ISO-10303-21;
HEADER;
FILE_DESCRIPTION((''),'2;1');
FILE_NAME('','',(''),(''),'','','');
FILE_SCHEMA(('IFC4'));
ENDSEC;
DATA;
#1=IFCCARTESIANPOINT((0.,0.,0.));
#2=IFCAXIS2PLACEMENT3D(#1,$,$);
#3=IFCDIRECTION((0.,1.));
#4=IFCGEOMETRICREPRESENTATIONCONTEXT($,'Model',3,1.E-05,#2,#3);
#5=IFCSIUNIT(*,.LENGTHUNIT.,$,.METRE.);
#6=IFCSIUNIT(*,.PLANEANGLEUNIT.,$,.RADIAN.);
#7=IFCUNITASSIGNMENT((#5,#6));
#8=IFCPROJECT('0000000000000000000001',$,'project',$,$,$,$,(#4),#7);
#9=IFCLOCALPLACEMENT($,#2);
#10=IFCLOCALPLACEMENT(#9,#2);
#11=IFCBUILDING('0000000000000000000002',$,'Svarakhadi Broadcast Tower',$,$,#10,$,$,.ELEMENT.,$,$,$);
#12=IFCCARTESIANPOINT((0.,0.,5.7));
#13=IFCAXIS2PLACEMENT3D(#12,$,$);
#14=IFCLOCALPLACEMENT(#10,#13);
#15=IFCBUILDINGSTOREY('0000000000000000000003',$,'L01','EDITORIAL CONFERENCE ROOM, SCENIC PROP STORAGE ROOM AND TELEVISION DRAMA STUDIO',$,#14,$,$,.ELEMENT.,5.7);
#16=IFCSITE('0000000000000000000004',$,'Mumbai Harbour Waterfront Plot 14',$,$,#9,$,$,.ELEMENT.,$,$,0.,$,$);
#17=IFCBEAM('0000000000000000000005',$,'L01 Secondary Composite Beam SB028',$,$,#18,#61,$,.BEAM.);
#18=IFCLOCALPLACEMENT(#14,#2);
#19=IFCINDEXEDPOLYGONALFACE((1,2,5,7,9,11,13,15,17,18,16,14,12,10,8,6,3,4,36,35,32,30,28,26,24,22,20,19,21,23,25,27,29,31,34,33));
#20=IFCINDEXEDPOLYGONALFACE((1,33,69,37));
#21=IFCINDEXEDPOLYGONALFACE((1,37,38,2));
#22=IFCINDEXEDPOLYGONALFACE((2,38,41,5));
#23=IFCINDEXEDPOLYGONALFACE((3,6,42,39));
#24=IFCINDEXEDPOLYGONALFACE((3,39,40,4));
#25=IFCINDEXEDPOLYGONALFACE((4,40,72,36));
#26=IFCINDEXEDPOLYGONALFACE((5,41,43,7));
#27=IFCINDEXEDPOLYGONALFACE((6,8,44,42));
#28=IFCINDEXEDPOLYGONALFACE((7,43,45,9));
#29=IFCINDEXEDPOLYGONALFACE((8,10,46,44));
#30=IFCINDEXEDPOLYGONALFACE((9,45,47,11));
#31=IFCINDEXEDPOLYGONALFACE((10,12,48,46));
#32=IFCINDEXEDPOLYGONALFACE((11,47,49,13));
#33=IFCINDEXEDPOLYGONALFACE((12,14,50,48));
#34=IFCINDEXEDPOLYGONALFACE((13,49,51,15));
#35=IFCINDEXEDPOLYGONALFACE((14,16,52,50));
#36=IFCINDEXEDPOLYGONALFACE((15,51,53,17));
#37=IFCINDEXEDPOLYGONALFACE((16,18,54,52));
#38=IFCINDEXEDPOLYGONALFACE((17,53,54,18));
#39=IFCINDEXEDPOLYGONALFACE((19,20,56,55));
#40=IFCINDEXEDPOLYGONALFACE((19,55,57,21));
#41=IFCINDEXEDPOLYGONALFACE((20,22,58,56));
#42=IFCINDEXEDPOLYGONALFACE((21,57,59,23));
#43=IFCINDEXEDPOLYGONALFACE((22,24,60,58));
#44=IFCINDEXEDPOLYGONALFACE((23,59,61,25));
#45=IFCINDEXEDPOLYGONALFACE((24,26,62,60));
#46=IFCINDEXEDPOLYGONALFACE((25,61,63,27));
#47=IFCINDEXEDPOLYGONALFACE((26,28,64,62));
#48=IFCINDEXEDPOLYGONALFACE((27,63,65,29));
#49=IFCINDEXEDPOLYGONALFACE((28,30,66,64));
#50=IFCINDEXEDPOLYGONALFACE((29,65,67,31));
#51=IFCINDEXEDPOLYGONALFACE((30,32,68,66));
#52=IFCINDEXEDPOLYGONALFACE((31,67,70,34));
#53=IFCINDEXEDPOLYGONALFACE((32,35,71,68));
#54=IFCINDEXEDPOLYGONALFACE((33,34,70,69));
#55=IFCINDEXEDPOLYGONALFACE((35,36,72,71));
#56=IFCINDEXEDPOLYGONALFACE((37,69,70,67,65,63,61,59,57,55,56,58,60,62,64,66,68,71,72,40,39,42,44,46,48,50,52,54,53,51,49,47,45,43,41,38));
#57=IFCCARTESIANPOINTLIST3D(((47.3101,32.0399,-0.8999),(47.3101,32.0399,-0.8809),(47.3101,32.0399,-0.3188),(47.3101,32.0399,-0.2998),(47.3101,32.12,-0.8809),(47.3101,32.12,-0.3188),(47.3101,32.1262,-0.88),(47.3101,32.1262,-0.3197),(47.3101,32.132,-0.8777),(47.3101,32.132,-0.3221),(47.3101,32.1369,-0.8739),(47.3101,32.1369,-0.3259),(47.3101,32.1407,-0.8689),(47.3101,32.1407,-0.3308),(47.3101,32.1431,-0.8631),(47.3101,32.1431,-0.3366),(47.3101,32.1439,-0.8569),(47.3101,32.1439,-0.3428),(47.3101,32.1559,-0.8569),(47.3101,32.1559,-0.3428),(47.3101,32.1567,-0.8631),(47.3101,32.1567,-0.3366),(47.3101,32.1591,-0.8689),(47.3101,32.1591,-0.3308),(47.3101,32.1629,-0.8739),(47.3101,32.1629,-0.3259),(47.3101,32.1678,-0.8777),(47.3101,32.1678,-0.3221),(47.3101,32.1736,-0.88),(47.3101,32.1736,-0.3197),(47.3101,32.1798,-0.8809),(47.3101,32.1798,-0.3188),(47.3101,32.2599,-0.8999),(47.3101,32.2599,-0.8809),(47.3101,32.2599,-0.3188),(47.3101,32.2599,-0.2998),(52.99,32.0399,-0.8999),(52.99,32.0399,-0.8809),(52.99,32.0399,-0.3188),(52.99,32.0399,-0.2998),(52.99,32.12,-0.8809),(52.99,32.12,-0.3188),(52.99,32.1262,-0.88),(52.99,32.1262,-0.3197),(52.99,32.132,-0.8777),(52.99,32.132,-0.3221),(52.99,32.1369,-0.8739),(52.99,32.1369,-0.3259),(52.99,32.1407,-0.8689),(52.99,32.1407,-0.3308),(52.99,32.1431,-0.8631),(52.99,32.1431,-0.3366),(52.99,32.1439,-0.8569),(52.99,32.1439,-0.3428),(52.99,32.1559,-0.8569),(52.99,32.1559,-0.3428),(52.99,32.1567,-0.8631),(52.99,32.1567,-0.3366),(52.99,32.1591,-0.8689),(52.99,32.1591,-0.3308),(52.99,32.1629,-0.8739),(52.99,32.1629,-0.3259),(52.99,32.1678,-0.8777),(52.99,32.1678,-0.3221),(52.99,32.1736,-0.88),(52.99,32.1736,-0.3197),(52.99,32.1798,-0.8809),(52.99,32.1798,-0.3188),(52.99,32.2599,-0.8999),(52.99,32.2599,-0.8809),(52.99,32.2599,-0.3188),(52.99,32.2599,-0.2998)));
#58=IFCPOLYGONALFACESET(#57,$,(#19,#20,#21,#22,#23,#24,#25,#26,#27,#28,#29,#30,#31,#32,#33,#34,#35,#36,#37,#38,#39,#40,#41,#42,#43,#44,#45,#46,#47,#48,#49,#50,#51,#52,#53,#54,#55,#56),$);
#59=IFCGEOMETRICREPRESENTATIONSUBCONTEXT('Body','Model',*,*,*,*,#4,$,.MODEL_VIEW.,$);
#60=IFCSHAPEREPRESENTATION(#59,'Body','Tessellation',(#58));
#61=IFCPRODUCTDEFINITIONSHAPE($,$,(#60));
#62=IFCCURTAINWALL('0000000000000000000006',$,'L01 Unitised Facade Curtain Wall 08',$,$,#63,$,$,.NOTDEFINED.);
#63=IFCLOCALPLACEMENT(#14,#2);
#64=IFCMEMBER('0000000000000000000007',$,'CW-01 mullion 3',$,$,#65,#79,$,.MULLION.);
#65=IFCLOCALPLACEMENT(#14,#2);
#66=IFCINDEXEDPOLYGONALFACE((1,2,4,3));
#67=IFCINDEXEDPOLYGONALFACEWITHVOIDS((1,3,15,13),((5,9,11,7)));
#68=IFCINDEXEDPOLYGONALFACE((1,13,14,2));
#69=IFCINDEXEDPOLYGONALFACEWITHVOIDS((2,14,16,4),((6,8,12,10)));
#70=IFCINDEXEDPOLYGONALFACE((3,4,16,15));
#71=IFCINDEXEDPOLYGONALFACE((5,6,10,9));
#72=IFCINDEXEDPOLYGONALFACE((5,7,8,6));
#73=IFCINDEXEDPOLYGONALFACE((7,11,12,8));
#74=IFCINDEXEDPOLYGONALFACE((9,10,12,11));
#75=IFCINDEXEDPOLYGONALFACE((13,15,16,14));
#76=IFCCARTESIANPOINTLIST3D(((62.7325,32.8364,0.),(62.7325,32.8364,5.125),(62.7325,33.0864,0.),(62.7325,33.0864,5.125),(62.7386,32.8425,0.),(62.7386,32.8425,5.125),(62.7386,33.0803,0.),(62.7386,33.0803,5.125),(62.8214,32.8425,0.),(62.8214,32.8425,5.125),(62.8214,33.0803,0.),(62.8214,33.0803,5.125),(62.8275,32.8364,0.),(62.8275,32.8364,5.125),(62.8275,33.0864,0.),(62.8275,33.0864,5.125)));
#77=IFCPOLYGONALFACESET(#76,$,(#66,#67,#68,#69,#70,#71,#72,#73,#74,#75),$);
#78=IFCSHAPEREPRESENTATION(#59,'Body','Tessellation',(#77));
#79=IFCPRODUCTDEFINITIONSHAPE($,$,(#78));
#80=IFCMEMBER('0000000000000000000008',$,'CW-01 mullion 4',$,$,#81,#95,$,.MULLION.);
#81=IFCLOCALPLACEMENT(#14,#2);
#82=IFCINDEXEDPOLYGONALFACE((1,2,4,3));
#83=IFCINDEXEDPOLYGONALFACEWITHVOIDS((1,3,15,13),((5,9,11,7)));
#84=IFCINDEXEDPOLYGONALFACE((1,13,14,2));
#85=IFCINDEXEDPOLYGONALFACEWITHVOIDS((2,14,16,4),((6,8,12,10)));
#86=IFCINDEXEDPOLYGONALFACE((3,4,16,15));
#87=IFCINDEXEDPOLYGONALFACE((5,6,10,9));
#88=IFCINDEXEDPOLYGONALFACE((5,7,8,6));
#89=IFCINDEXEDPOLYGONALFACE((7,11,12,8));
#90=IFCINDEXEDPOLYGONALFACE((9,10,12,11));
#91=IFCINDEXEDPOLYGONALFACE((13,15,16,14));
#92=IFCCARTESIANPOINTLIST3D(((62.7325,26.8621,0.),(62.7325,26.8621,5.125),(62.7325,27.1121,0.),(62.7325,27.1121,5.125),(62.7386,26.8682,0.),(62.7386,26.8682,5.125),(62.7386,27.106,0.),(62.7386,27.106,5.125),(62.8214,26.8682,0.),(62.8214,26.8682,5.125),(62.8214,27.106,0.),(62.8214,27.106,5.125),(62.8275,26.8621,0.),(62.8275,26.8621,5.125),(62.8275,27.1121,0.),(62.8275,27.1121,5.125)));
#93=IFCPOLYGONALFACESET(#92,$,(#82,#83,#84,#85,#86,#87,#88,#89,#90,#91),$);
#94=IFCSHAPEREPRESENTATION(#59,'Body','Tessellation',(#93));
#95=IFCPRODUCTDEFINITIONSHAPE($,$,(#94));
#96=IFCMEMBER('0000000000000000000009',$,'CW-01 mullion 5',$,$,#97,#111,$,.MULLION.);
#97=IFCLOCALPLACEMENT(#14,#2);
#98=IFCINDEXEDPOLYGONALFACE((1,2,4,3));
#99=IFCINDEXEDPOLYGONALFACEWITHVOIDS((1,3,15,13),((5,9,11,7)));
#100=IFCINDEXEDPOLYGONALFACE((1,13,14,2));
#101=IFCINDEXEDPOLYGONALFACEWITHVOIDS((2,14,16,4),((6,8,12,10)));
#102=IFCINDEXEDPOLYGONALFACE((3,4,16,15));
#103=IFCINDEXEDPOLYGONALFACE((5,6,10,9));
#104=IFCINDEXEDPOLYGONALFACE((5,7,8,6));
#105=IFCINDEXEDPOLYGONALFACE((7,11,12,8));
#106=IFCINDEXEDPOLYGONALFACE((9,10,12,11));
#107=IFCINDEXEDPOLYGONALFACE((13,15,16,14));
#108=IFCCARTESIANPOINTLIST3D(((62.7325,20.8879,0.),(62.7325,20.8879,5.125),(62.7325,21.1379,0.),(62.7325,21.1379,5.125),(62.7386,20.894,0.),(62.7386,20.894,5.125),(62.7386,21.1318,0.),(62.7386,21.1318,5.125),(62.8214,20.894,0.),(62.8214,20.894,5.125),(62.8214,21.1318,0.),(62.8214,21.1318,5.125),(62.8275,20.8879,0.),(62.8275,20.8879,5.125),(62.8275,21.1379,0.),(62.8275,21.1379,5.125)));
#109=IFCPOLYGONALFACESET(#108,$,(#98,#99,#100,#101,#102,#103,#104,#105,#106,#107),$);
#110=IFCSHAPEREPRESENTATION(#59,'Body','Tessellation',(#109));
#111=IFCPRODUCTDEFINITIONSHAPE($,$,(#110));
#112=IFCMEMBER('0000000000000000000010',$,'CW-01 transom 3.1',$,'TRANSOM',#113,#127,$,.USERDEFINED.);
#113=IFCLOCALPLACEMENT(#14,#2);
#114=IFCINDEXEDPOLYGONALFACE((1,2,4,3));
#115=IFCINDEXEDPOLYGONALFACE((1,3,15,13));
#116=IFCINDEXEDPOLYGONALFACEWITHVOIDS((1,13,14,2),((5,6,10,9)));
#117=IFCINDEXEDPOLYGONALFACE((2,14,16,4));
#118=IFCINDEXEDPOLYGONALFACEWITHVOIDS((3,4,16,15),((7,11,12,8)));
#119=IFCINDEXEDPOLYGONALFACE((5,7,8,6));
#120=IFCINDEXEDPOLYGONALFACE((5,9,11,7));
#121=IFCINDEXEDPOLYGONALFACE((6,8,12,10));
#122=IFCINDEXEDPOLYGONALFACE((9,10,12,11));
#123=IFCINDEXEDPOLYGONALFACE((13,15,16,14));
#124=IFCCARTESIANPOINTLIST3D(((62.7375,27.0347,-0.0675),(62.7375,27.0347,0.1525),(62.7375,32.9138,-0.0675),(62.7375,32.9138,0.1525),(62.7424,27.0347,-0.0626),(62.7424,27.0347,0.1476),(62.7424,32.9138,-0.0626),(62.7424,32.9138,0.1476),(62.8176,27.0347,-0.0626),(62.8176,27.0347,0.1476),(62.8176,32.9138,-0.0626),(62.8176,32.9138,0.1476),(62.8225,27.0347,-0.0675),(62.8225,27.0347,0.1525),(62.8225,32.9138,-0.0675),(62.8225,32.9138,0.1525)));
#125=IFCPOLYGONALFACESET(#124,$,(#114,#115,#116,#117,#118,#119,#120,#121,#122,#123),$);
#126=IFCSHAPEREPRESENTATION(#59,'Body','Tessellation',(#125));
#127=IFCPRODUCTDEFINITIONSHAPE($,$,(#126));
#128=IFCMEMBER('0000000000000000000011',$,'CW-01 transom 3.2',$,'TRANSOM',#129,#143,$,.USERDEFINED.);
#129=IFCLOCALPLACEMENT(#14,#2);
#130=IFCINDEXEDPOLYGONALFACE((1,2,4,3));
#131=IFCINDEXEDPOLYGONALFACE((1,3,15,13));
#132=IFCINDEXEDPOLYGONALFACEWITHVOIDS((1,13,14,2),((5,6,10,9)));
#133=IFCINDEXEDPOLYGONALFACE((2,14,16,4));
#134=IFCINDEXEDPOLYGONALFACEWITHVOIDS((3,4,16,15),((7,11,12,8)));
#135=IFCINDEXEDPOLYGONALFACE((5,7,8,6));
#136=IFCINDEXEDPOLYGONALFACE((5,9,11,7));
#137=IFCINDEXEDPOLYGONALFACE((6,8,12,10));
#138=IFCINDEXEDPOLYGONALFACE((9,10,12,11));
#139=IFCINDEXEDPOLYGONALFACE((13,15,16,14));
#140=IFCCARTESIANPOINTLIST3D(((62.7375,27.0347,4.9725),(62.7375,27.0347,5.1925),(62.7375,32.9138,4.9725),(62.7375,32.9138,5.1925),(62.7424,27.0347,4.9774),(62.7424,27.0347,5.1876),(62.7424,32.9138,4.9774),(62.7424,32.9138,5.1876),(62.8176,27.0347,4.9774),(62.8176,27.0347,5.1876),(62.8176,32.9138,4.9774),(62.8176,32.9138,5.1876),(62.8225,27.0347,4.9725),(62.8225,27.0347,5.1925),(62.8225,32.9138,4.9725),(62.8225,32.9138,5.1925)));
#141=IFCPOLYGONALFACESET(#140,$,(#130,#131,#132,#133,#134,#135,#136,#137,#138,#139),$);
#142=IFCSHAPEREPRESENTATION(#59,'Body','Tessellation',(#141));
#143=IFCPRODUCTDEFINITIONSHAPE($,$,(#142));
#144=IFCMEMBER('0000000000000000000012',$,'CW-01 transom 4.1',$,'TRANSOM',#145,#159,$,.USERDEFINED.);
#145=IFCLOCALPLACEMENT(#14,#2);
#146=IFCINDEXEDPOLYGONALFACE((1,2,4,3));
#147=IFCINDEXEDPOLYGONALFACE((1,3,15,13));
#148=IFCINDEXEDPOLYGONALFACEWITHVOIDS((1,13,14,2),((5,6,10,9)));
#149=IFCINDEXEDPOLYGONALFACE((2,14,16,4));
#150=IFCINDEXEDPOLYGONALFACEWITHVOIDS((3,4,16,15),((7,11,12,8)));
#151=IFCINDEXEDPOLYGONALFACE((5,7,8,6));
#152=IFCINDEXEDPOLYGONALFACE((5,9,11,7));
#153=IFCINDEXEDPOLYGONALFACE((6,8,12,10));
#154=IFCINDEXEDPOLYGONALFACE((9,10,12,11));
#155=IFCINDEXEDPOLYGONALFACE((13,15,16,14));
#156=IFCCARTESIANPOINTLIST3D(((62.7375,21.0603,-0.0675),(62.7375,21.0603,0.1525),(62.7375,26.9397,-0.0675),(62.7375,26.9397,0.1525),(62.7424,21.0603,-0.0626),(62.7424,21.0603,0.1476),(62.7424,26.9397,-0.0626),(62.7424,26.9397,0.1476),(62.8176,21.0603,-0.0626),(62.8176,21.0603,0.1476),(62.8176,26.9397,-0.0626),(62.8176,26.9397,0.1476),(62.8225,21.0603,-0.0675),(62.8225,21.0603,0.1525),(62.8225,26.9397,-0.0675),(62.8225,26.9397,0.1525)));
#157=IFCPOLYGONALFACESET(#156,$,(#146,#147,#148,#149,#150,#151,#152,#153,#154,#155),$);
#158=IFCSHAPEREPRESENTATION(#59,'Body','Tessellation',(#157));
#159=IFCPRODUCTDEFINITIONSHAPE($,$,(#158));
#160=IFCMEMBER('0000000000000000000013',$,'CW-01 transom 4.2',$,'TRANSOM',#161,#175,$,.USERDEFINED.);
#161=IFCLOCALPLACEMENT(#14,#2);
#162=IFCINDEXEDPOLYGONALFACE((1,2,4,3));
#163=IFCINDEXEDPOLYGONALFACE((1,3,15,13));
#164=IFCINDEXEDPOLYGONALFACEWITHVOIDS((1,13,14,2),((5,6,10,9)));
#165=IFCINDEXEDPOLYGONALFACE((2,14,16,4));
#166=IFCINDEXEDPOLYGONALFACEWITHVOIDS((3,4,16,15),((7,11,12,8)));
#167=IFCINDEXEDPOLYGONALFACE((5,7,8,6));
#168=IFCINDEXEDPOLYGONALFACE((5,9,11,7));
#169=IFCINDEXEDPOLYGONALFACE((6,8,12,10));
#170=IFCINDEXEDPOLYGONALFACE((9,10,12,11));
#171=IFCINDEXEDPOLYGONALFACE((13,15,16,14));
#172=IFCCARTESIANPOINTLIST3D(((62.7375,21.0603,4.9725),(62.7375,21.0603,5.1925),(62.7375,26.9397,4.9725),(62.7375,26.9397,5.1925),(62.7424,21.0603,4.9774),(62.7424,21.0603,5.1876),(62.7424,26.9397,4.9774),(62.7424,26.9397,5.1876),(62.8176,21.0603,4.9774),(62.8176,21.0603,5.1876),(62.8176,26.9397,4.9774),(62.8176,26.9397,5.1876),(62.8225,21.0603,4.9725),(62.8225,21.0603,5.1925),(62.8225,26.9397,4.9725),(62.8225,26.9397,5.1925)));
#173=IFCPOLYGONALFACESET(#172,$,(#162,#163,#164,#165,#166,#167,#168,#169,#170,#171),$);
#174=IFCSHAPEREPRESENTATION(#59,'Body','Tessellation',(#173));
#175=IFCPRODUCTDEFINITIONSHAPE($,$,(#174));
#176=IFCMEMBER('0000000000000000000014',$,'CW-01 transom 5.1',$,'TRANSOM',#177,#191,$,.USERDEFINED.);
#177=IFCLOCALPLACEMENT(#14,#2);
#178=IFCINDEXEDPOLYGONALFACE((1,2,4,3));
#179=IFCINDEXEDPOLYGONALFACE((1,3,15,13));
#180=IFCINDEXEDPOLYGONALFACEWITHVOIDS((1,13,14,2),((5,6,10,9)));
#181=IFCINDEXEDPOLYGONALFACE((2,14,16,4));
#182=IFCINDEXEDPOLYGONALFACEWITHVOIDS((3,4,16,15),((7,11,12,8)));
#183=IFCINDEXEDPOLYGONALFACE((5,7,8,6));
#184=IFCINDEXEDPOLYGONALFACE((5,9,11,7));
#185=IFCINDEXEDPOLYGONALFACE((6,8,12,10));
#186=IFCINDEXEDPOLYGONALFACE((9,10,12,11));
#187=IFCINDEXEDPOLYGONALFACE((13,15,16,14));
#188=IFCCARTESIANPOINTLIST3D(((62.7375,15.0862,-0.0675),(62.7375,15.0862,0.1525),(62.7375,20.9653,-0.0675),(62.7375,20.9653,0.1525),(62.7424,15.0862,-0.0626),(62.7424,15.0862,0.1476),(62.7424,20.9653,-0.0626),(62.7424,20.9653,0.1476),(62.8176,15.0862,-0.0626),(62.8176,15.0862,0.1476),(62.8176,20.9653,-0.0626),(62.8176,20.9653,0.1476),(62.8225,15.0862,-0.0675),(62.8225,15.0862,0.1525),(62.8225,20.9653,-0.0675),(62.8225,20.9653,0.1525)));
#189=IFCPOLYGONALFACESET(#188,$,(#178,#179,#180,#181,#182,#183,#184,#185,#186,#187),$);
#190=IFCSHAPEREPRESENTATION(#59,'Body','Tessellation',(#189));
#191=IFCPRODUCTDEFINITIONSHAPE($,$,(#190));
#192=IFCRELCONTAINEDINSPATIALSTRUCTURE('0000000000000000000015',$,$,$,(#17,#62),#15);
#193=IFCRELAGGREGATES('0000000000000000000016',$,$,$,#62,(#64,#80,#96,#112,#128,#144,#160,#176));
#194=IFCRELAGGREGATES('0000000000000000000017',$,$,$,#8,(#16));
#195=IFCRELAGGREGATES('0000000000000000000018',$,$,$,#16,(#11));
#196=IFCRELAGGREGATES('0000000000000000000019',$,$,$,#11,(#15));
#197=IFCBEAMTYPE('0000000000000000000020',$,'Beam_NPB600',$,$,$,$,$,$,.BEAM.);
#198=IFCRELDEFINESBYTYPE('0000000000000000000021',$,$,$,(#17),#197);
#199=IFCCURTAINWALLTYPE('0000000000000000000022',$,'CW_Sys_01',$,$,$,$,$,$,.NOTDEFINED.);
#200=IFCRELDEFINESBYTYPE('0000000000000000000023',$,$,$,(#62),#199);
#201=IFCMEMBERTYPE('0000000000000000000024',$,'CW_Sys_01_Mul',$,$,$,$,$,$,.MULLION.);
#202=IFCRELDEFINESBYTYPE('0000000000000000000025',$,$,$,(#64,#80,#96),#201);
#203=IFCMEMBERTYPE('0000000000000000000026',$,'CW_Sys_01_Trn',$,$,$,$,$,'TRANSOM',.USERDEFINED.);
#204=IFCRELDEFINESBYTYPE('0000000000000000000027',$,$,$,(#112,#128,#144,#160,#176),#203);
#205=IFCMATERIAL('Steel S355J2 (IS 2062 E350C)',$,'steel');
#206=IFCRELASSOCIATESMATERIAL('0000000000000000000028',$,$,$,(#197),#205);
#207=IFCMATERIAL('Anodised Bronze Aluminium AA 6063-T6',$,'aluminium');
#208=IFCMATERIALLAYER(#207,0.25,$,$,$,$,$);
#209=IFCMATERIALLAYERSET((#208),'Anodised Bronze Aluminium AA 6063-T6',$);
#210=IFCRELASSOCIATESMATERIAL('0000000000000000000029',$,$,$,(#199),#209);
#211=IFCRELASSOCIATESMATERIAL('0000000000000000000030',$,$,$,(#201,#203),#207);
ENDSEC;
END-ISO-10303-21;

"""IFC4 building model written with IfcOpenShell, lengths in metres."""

from ifc_helpers import new_model, si_unit, direction, frame, origin, origin_2d, place, context, subcontext, project, spatial, hollow_rectangle, i_section, extrude, material, layer, layer_set, material_profile, profile_set, type_object, element, aggregate, save


model = new_model("IFC4")

# Units and contexts
model_context = context("Model", 3, precision=1e-05, world=origin(), true_north=direction((0.0, 1.0)))
body_context = subcontext(model_context, "Body", "Model", "MODEL_VIEW")
ifc_project = project(units=[si_unit("LENGTHUNIT", "METRE"), si_unit("PLANEANGLEUNIT", "RADIAN")], contexts=[model_context])

# Site, building, storey
site_placement = place(None, origin())
site = spatial("IfcSite", under=ifc_project, at=site_placement, Name="Mumbai Harbour Waterfront Plot 14", CompositionType="ELEMENT", RefElevation=0.0)
building_placement = place(site_placement, origin())
building = spatial("IfcBuilding", under=site, at=building_placement, Name="Svarakhadi Broadcast Tower", CompositionType="ELEMENT")
storey_placement = place(building_placement, frame((0.0, 0.0, 5.7)))
storey = spatial("IfcBuildingStorey", under=building, at=storey_placement, Name="L01", Description="EDITORIAL CONFERENCE ROOM, SCENIC PROP STORAGE ROOM AND TELEVISION DRAMA STUDIO", CompositionType="ELEMENT", Elevation=5.7)

# Beam
ifc_material_1 = material(Name="Steel S355J2 (IS 2062 E350C)", Category="steel")
ifc_material_profile_1 = material_profile(ifc_material_1, i_section(OverallWidth=0.22, OverallDepth=0.6001, WebThickness=0.012, FlangeThickness=0.019, FilletRadius=0.0239, at=origin_2d()), Name="NPB 600x220x122")
ifc_profile_set_1 = profile_set([ifc_material_profile_1], Name="Steel S355J2 (IS 2062 E350C)")
beam_type_1 = type_object("IfcBeamType", Name="Beam_NPB600", PredefinedType="BEAM", material=ifc_profile_set_1)
beam_1_placement = place(storey_placement, frame((47.3101, 32.1499, -0.5999), z_axis=(1.0, 0.0, 0.0), x_axis=(0.0, 1.0, 0.0)))
element("IfcBeam", 1, at=beam_1_placement, inside=storey, type_object=beam_type_1, Name="L01 Secondary Composite Beam SB028", PredefinedType="BEAM", context=body_context, shape_type="SweptSolid", body=[
    extrude(i_section(OverallWidth=0.22, OverallDepth=0.6001, WebThickness=0.012, FlangeThickness=0.019, FilletRadius=0.0239, at=origin_2d()), origin(), (0.0, 0.0, 1.0), 5.6799),
])

# Curtain wall, members
ifc_material_2 = material(Name="Anodised Bronze Aluminium AA 6063-T6", Category="aluminium")
ifc_layer_1 = layer(ifc_material_2, 0.25)
ifc_layer_set_1 = layer_set([ifc_layer_1], Name="Anodised Bronze Aluminium AA 6063-T6")
curtain_wall_type = type_object("IfcCurtainWallType", Name="CW_Sys_01", PredefinedType="NOTDEFINED", material=ifc_layer_set_1)
curtain_wall_placement = place(storey_placement, origin())
curtain_wall = element("IfcCurtainWall", 2, at=curtain_wall_placement, inside=storey, type_object=curtain_wall_type, Name="L01 Unitised Facade Curtain Wall 08", PredefinedType="NOTDEFINED")
ifc_material_profile_2 = material_profile(ifc_material_2, hollow_rectangle(XDim=0.095, YDim=0.25, WallThickness=0.0061, at=origin_2d()), Name="ALU MULLION 250x95x6")
ifc_profile_set_2 = profile_set([ifc_material_profile_2], Name="Anodised Bronze Aluminium AA 6063-T6")
member_type_1 = type_object("IfcMemberType", Name="CW_Sys_01_Mul", PredefinedType="MULLION", material=ifc_profile_set_2)
member_1_placement = place(storey_placement, frame((62.78, 32.9614, 0.0), z_axis=(0.0, 0.0, 1.0), x_axis=(1.0, 0.0, 0.0)))
member_1 = element("IfcMember", 3, at=member_1_placement, type_object=member_type_1, Name="CW-01 mullion 3", PredefinedType="MULLION", context=body_context, shape_type="SweptSolid", body=[
    extrude(hollow_rectangle(XDim=0.095, YDim=0.25, WallThickness=0.0061, at=origin_2d()), origin(), (0.0, 0.0, 1.0), 5.125),
])
member_2_placement = place(storey_placement, frame((62.78, 26.9871, 0.0), z_axis=(0.0, 0.0, 1.0), x_axis=(1.0, 0.0, 0.0)))
member_2 = element("IfcMember", 4, at=member_2_placement, type_object=member_type_1, Name="CW-01 mullion 4", PredefinedType="MULLION", context=body_context, shape_type="SweptSolid", body=[
    extrude(hollow_rectangle(XDim=0.095, YDim=0.25, WallThickness=0.0061, at=origin_2d()), origin(), (0.0, 0.0, 1.0), 5.125),
])
member_3_placement = place(storey_placement, frame((62.78, 21.0129, 0.0), z_axis=(0.0, 0.0, 1.0), x_axis=(1.0, 0.0, 0.0)))
member_3 = element("IfcMember", 5, at=member_3_placement, type_object=member_type_1, Name="CW-01 mullion 5", PredefinedType="MULLION", context=body_context, shape_type="SweptSolid", body=[
    extrude(hollow_rectangle(XDim=0.095, YDim=0.25, WallThickness=0.0061, at=origin_2d()), origin(), (0.0, 0.0, 1.0), 5.125),
])
ifc_material_profile_3 = material_profile(ifc_material_2, hollow_rectangle(XDim=0.085, YDim=0.22, WallThickness=0.0049, at=origin_2d()), Name="ALU TRANSOM 220x85x5")
ifc_profile_set_3 = profile_set([ifc_material_profile_3], Name="Anodised Bronze Aluminium AA 6063-T6")
member_type_2 = type_object("IfcMemberType", Name="CW_Sys_01_Trn", ElementType="TRANSOM", PredefinedType="USERDEFINED", material=ifc_profile_set_3)
member_4_placement = place(storey_placement, frame((62.78, 32.9138, 0.0425), z_axis=(0.0, -1.0, 0.0), x_axis=(1.0, 0.0, 0.0)))
member_4 = element("IfcMember", 6, at=member_4_placement, type_object=member_type_2, Name="CW-01 transom 3.1", ObjectType="TRANSOM", PredefinedType="USERDEFINED", context=body_context, shape_type="SweptSolid", body=[
    extrude(hollow_rectangle(XDim=0.085, YDim=0.22, WallThickness=0.0049, at=origin_2d()), origin(), (0.0, 0.0, 1.0), 5.8792),
])
member_5_placement = place(storey_placement, frame((62.78, 32.9138, 5.0825), z_axis=(0.0, -1.0, 0.0), x_axis=(1.0, 0.0, 0.0)))
member_5 = element("IfcMember", 7, at=member_5_placement, type_object=member_type_2, Name="CW-01 transom 3.2", ObjectType="TRANSOM", PredefinedType="USERDEFINED", context=body_context, shape_type="SweptSolid", body=[
    extrude(hollow_rectangle(XDim=0.085, YDim=0.22, WallThickness=0.0049, at=origin_2d()), origin(), (0.0, 0.0, 1.0), 5.8792),
])
member_6_placement = place(storey_placement, frame((62.78, 26.9397, 0.0425), z_axis=(0.0, -1.0, 0.0), x_axis=(1.0, 0.0, 0.0)))
member_6 = element("IfcMember", 8, at=member_6_placement, type_object=member_type_2, Name="CW-01 transom 4.1", ObjectType="TRANSOM", PredefinedType="USERDEFINED", context=body_context, shape_type="SweptSolid", body=[
    extrude(hollow_rectangle(XDim=0.085, YDim=0.22, WallThickness=0.0049, at=origin_2d()), origin(), (0.0, 0.0, 1.0), 5.8794),
])
member_7_placement = place(storey_placement, frame((62.78, 26.9397, 5.0825), z_axis=(0.0, -1.0, 0.0), x_axis=(1.0, 0.0, 0.0)))
member_7 = element("IfcMember", 9, at=member_7_placement, type_object=member_type_2, Name="CW-01 transom 4.2", ObjectType="TRANSOM", PredefinedType="USERDEFINED", context=body_context, shape_type="SweptSolid", body=[
    extrude(hollow_rectangle(XDim=0.085, YDim=0.22, WallThickness=0.0049, at=origin_2d()), origin(), (0.0, 0.0, 1.0), 5.8794),
])
member_8_placement = place(storey_placement, frame((62.78, 20.9653, 0.0425), z_axis=(0.0, -1.0, 0.0), x_axis=(1.0, 0.0, 0.0)))
member_8 = element("IfcMember", 10, at=member_8_placement, type_object=member_type_2, Name="CW-01 transom 5.1", ObjectType="TRANSOM", PredefinedType="USERDEFINED", context=body_context, shape_type="SweptSolid", body=[
    extrude(hollow_rectangle(XDim=0.085, YDim=0.22, WallThickness=0.0049, at=origin_2d()), origin(), (0.0, 0.0, 1.0), 5.8792),
])

aggregate(curtain_wall, [member_1, member_2, member_3, member_4, member_5, member_6, member_7, member_8])

save(model, "model.ifc")
